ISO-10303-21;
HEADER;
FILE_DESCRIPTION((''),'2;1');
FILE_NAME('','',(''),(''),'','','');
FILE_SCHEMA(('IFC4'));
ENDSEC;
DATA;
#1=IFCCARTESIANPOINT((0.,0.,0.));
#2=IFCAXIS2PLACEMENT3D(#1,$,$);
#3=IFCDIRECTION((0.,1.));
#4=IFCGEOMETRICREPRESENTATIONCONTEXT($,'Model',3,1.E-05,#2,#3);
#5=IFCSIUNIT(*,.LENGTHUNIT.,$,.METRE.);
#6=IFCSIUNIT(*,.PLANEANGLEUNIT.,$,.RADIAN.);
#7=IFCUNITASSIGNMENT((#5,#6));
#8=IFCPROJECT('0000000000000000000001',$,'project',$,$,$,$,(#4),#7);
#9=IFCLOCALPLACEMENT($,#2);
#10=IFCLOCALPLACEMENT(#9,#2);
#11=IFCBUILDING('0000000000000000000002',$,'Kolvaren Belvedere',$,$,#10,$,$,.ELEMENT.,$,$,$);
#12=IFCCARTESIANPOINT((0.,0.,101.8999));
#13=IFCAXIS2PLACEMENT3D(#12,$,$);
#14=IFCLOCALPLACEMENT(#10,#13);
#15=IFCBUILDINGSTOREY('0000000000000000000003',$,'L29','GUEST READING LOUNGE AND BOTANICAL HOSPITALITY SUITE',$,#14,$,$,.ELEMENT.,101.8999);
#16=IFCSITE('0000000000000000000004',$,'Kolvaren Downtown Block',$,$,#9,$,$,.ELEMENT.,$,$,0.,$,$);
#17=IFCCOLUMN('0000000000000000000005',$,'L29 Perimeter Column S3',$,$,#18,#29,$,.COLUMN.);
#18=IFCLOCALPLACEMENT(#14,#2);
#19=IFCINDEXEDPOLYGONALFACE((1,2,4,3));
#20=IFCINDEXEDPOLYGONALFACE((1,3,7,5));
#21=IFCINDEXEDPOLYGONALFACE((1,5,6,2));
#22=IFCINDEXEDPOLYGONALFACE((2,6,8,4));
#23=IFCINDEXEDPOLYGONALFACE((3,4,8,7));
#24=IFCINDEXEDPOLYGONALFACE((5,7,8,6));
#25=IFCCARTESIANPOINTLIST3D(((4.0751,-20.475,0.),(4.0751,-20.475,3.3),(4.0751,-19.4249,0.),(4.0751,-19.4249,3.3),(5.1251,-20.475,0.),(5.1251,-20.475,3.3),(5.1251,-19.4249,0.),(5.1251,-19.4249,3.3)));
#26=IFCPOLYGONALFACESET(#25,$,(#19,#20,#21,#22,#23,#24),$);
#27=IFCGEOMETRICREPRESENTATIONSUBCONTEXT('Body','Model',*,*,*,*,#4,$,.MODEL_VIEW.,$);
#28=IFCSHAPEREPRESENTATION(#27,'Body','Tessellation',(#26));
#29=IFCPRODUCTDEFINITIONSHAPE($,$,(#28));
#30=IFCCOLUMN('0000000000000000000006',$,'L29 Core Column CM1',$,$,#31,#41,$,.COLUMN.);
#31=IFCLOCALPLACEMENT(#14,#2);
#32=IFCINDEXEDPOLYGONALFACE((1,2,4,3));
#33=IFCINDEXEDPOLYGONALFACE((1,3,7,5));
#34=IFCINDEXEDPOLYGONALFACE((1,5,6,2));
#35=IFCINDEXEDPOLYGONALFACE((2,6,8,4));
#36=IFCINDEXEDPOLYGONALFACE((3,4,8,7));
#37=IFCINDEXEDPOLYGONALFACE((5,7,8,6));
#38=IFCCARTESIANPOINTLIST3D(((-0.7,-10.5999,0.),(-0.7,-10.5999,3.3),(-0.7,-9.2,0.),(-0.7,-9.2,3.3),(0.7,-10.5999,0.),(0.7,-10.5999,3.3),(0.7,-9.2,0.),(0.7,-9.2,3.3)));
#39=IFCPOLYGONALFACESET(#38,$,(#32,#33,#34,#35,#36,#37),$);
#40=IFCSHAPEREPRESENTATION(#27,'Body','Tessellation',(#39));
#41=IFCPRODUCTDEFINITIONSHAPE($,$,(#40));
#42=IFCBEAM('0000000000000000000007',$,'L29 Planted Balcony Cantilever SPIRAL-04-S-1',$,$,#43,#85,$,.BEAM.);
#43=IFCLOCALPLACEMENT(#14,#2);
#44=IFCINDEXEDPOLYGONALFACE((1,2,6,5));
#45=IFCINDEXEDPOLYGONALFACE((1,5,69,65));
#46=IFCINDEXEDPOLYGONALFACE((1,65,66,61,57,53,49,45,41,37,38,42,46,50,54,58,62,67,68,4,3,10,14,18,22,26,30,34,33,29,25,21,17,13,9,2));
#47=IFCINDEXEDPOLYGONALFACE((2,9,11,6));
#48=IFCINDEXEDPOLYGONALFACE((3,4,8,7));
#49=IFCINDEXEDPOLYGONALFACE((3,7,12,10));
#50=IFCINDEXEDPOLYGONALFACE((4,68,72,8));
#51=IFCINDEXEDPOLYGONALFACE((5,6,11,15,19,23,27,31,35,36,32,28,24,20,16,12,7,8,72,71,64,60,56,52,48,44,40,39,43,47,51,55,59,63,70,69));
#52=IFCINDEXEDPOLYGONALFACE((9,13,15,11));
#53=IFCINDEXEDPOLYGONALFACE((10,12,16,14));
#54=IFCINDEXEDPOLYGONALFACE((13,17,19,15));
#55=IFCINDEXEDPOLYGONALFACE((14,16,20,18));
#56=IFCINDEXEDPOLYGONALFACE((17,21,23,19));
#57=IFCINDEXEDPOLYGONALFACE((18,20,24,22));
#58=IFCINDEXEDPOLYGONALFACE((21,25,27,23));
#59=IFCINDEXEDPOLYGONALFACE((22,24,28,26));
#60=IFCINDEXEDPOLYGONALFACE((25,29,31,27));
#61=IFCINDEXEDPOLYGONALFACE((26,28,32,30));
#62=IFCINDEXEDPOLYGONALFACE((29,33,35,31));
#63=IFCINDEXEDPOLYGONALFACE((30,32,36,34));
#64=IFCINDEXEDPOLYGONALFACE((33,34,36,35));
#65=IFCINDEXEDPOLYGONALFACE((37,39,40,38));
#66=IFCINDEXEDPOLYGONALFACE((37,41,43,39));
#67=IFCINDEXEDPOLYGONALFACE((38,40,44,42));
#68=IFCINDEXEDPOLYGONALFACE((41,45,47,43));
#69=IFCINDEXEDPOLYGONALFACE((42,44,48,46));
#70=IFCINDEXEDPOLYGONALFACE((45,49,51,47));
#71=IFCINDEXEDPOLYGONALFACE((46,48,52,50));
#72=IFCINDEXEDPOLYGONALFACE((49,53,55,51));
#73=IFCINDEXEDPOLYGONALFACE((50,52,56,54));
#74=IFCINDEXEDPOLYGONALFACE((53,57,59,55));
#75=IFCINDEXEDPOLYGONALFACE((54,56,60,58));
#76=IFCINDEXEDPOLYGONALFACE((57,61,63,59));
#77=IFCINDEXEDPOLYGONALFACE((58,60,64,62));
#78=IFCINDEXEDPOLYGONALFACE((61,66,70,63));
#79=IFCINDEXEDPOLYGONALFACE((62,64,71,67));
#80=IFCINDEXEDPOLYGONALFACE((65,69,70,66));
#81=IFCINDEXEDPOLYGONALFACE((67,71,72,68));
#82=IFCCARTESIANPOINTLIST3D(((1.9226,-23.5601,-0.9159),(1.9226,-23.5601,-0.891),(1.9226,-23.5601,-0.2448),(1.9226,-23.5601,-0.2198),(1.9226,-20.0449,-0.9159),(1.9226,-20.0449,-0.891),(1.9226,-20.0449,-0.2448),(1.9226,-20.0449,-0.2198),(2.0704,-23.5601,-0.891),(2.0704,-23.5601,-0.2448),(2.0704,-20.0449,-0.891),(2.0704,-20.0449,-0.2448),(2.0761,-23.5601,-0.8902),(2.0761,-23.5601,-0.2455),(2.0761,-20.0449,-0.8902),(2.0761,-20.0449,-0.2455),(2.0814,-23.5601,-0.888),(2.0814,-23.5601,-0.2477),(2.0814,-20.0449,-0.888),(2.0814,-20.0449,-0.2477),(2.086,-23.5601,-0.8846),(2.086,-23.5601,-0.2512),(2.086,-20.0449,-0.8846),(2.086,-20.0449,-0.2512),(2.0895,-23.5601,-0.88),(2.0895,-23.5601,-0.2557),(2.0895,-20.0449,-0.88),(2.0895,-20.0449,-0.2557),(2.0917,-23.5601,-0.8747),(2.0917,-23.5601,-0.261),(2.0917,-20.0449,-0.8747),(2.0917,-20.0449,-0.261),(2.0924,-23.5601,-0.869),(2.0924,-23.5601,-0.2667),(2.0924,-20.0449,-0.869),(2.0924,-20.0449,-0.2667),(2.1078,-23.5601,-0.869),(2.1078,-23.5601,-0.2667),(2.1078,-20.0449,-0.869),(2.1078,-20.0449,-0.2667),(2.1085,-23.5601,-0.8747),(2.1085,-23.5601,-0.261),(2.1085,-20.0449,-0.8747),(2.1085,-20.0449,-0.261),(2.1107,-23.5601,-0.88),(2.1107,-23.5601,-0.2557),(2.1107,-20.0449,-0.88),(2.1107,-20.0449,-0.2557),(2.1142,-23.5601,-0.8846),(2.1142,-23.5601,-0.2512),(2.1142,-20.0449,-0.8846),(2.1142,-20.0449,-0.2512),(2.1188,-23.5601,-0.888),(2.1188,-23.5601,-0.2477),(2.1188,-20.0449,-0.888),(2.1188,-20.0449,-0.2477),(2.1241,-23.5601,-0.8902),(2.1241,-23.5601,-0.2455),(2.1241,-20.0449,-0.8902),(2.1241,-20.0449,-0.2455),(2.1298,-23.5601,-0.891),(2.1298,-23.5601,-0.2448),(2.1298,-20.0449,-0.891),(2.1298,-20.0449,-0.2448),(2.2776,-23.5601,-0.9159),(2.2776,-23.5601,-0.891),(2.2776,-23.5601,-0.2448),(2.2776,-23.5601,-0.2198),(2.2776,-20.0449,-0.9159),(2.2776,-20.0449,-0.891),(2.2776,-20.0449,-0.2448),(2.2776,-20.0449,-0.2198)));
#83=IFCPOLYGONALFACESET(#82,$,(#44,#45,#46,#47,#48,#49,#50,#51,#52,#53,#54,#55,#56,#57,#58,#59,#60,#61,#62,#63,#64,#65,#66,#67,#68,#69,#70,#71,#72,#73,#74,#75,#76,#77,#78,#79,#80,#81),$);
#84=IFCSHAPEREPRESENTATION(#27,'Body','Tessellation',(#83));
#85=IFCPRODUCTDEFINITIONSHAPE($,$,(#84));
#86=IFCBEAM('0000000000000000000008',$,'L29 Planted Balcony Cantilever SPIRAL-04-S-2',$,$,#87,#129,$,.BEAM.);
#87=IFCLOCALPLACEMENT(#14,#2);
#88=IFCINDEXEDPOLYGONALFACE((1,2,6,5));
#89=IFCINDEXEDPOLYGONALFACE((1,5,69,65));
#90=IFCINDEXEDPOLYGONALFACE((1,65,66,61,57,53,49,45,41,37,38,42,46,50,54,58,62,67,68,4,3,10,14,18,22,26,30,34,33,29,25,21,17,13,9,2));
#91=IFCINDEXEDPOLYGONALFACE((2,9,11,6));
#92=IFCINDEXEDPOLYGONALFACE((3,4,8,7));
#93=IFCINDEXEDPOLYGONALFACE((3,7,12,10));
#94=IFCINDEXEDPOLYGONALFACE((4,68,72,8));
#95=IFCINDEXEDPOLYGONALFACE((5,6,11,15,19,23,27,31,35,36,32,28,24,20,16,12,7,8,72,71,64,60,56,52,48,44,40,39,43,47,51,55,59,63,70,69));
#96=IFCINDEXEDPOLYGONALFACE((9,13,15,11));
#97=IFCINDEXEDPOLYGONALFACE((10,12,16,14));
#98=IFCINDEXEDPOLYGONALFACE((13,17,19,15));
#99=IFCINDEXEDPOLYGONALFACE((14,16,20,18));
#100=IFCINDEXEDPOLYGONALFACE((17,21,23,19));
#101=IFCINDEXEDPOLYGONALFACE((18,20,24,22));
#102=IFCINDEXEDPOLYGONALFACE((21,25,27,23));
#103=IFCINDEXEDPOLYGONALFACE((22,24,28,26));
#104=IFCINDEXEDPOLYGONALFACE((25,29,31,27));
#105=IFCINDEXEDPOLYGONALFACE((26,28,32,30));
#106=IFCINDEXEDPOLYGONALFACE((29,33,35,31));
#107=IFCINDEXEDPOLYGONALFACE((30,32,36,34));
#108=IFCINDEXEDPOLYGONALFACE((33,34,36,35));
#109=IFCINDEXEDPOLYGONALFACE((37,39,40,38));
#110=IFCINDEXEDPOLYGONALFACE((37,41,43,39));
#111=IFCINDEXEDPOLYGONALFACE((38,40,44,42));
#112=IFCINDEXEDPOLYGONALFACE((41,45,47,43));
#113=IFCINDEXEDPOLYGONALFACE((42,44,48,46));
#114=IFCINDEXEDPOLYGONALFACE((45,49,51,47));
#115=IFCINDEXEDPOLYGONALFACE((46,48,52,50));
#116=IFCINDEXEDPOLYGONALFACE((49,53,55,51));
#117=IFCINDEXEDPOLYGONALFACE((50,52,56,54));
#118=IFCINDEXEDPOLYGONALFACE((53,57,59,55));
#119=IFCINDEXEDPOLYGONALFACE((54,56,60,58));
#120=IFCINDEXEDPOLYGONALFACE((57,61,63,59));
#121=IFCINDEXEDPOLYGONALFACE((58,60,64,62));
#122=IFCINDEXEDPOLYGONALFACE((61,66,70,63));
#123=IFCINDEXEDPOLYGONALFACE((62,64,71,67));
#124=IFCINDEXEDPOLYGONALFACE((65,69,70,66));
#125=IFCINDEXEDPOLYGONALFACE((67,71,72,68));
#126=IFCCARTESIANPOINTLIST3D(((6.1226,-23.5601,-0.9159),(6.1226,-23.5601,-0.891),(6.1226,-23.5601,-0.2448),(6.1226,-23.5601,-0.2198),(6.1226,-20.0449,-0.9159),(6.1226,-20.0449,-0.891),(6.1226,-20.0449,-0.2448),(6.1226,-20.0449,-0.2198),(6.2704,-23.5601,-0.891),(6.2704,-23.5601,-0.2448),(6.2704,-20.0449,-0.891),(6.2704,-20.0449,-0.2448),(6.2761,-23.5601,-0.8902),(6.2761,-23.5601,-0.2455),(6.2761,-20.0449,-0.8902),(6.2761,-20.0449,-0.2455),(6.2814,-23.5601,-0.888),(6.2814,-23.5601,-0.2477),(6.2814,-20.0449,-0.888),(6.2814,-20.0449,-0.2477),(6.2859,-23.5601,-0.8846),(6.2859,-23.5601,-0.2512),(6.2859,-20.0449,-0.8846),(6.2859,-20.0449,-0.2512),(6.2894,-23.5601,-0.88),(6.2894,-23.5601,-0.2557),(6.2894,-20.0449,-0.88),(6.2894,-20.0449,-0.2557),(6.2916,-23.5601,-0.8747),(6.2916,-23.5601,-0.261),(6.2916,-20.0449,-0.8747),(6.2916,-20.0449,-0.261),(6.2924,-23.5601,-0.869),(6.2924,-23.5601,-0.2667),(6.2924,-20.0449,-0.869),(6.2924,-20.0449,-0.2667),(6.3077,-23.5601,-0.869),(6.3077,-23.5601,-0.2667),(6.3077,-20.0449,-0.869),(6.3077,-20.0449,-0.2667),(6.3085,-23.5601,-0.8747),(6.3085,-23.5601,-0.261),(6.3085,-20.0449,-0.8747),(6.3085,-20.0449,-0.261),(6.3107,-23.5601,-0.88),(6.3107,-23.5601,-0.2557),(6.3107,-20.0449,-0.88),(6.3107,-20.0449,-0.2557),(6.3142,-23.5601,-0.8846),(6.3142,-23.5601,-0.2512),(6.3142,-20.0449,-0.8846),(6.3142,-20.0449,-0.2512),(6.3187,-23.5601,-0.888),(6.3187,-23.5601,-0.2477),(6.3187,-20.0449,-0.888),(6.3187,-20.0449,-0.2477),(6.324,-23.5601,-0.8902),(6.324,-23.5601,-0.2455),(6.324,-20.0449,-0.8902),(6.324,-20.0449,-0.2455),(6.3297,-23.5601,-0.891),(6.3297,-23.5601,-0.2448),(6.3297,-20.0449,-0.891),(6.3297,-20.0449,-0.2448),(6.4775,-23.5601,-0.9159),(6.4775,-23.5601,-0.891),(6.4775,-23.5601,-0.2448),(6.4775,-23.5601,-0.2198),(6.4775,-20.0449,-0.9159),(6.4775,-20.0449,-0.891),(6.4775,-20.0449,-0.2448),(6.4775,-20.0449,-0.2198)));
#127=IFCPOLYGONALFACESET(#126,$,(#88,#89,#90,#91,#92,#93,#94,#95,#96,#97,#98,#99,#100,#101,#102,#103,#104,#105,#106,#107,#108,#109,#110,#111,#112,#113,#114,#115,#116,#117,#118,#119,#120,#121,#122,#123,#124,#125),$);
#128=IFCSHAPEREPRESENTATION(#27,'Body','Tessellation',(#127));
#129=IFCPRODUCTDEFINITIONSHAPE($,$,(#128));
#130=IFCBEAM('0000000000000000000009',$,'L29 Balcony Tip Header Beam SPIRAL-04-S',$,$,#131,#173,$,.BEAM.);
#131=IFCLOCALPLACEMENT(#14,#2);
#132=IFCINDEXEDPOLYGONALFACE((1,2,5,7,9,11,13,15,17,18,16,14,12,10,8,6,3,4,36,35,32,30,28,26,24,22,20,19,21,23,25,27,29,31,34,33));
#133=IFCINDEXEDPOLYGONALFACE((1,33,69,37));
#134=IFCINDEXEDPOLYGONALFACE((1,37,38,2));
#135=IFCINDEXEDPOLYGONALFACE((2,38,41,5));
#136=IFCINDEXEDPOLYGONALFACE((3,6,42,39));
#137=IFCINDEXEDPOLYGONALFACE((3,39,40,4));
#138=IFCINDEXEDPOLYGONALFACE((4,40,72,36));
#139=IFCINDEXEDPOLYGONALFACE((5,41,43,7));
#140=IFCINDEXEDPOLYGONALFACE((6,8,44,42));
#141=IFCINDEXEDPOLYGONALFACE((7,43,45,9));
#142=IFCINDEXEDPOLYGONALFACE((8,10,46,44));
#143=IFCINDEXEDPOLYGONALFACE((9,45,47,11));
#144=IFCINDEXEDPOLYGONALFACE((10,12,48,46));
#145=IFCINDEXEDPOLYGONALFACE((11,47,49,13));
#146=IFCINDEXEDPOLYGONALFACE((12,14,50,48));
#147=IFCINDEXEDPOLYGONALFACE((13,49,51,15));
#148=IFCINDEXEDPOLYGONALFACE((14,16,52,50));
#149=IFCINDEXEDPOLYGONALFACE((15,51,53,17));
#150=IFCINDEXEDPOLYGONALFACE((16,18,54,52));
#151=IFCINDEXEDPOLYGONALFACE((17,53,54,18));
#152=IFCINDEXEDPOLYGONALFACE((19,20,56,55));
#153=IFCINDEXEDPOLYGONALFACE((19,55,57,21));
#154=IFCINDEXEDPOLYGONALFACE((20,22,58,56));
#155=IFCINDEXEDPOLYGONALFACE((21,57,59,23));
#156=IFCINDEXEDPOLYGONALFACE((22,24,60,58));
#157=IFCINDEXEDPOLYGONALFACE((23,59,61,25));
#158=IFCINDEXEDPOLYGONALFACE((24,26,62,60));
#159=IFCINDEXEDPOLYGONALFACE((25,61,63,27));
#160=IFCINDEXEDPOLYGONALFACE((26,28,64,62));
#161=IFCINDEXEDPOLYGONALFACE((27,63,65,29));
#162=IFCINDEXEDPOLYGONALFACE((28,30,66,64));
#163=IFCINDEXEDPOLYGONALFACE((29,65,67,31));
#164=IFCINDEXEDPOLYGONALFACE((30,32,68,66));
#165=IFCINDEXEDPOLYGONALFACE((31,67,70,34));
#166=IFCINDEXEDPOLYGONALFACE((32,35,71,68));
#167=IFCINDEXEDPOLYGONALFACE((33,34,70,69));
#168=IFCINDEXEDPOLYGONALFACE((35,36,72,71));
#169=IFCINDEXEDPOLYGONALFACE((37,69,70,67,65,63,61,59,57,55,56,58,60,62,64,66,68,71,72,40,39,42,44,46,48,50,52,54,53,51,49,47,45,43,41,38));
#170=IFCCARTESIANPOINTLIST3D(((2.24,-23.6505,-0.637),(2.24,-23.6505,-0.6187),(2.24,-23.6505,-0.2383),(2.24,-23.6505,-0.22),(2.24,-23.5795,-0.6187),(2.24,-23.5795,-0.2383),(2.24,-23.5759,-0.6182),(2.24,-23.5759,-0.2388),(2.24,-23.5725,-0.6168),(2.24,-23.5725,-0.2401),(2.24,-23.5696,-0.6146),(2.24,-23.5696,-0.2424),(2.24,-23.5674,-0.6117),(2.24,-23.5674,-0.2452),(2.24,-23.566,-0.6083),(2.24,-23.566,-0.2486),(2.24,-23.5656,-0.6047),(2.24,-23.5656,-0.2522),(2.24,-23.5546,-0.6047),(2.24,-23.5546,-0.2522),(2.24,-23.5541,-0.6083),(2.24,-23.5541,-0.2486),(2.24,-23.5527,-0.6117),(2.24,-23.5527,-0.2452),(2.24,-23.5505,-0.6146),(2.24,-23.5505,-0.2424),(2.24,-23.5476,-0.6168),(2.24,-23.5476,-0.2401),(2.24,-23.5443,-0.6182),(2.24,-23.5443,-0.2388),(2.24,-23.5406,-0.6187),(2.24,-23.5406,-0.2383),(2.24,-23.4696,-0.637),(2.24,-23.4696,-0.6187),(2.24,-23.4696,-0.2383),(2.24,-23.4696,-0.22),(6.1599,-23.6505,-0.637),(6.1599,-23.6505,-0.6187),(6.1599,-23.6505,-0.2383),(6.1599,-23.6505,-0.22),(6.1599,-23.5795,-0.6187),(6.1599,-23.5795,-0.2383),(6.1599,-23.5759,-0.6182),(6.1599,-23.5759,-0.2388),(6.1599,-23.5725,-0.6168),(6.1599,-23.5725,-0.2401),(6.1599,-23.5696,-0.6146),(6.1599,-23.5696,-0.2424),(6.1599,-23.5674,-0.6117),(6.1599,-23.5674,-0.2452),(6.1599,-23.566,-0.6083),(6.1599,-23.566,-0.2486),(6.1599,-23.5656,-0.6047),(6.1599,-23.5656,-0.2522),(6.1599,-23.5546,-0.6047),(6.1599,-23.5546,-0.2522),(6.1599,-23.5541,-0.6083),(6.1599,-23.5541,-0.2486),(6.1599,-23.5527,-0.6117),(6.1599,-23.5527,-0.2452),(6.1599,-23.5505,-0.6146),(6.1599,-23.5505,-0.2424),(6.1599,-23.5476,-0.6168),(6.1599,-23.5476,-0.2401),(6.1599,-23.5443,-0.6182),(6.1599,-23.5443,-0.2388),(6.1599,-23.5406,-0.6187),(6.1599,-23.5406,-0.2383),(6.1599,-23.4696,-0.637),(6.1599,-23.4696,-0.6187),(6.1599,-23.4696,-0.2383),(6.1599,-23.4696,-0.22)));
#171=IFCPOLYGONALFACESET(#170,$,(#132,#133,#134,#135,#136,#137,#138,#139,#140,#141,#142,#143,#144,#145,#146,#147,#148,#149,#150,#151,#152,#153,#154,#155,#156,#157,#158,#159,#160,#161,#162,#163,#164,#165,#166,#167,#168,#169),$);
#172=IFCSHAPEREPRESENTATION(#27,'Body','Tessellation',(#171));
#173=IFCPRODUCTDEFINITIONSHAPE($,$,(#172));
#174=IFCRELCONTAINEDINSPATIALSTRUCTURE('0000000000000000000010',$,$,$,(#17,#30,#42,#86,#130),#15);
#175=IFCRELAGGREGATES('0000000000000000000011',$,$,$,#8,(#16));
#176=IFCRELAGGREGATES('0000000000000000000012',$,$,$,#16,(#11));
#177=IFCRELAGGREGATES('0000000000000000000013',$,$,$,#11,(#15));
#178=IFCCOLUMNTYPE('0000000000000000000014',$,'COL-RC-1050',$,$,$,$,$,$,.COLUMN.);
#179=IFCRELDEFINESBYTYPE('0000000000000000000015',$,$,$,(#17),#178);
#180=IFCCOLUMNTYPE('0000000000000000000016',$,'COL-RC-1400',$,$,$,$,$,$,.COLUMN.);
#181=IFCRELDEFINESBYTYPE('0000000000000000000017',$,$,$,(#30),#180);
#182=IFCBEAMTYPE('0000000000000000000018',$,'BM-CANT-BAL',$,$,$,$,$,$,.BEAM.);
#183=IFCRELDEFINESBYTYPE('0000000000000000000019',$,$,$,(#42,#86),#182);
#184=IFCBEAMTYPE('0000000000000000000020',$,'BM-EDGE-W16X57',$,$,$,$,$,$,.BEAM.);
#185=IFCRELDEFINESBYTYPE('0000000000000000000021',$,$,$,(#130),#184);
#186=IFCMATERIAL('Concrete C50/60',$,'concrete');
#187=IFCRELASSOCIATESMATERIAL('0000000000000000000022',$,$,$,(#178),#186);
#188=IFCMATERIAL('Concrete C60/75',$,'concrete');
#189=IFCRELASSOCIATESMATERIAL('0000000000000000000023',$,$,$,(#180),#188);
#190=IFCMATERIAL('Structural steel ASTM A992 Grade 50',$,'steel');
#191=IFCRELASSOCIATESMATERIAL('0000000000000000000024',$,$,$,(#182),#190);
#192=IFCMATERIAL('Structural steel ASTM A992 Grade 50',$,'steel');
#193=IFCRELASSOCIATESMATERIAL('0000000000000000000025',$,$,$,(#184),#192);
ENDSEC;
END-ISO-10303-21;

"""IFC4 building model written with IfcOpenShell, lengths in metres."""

from ifc_helpers import new_model, si_unit, direction, frame, origin, origin_2d, place, context, subcontext, project, spatial, rectangle, i_section, extrude, material, material_profile, profile_set, type_object, element, save


model = new_model("IFC4")

# Units and contexts
model_context = context("Model", 3, precision=1e-05, world=origin(), true_north=direction((0.0, 1.0)))
body_context = subcontext(model_context, "Body", "Model", "MODEL_VIEW")
ifc_project = project(units=[si_unit("LENGTHUNIT", "METRE"), si_unit("PLANEANGLEUNIT", "RADIAN")], contexts=[model_context])

# Site, building, storey
site_placement = place(None, origin())
site = spatial("IfcSite", under=ifc_project, at=site_placement, Name="Kolvaren Downtown Block", CompositionType="ELEMENT", RefElevation=0.0)
building_placement = place(site_placement, origin())
building = spatial("IfcBuilding", under=site, at=building_placement, Name="Kolvaren Belvedere", CompositionType="ELEMENT")
storey_placement = place(building_placement, frame((0.0, 0.0, 101.8999)))
storey = spatial("IfcBuildingStorey", under=building, at=storey_placement, Name="L29", Description="GUEST READING LOUNGE AND BOTANICAL HOSPITALITY SUITE", CompositionType="ELEMENT", Elevation=101.8999)

# Columns
ifc_material_1 = material(Name="Concrete C50/60", Category="concrete")
ifc_material_profile_1 = material_profile(ifc_material_1, rectangle(XDim=1.05, YDim=1.05, at=origin_2d()), Name="RC 1050X1050")
ifc_profile_set_1 = profile_set([ifc_material_profile_1], Name="Concrete C50/60")
column_type_1 = type_object("IfcColumnType", Name="COL-RC-1050", PredefinedType="COLUMN", material=ifc_profile_set_1)
column_1_placement = place(storey_placement, frame((4.6001, -19.95, 0.0), z_axis=(0.0, 0.0, 1.0), x_axis=(1.0, 0.0, 0.0)))
element("IfcColumn", 1, at=column_1_placement, inside=storey, type_object=column_type_1, Name="L29 Perimeter Column S3", PredefinedType="COLUMN", context=body_context, shape_type="SweptSolid", body=[
    extrude(rectangle(XDim=1.05, YDim=1.05, at=origin_2d()), origin(), (0.0, 0.0, 1.0), 3.3),
])
ifc_material_2 = material(Name="Concrete C60/75", Category="concrete")
ifc_material_profile_2 = material_profile(ifc_material_2, rectangle(XDim=1.3999, YDim=1.3999, at=origin_2d()), Name="RC 1400X1400")
ifc_profile_set_2 = profile_set([ifc_material_profile_2], Name="Concrete C60/75")
column_type_2 = type_object("IfcColumnType", Name="COL-RC-1400", PredefinedType="COLUMN", material=ifc_profile_set_2)
column_2_placement = place(storey_placement, frame((0.0, -9.8999, 0.0), z_axis=(0.0, 0.0, 1.0), x_axis=(1.0, 0.0, 0.0)))
element("IfcColumn", 2, at=column_2_placement, inside=storey, type_object=column_type_2, Name="L29 Core Column CM1", PredefinedType="COLUMN", context=body_context, shape_type="SweptSolid", body=[
    extrude(rectangle(XDim=1.3999, YDim=1.3999, at=origin_2d()), origin(), (0.0, 0.0, 1.0), 3.3),
])

# Beams
ifc_material_3 = material(Name="Structural steel ASTM A992 Grade 50", Category="steel")
ifc_material_profile_3 = material_profile(ifc_material_3, i_section(OverallWidth=0.355, OverallDepth=0.696, WebThickness=0.0154, FlangeThickness=0.0249, FilletRadius=0.022, at=origin_2d()), Name="W27X146")
ifc_profile_set_3 = profile_set([ifc_material_profile_3], Name="Structural steel ASTM A992 Grade 50")
beam_type_1 = type_object("IfcBeamType", Name="BM-CANT-BAL", PredefinedType="BEAM", material=ifc_profile_set_3)
for number, where, z_axis, x_axis, name in (
    (3, (2.1001, -20.0449, -0.5679), (0.0, -1.0, 0.0), (1.0, 0.0, 0.0), "L29 Planted Balcony Cantilever SPIRAL-04-S-1"),
    (4, (6.3, -20.0449, -0.5679), (0.0, -1.0, 0.0), (1.0, 0.0, 0.0), "L29 Planted Balcony Cantilever SPIRAL-04-S-2"),
):
    element("IfcBeam", number, at=place(storey_placement, frame(where, z_axis=z_axis, x_axis=x_axis)), inside=storey, type_object=beam_type_1, Name=name, PredefinedType="BEAM", context=body_context, shape_type="SweptSolid", body=[
        extrude(i_section(OverallWidth=0.355, OverallDepth=0.696, WebThickness=0.0154, FlangeThickness=0.0249, FilletRadius=0.022, at=origin_2d()), origin(), (0.0, 0.0, 1.0), 3.5151),
    ])
ifc_material_4 = material(Name="Structural steel ASTM A992 Grade 50", Category="steel")
ifc_material_profile_4 = material_profile(ifc_material_4, i_section(OverallWidth=0.1809, OverallDepth=0.417, WebThickness=0.011, FlangeThickness=0.0183, FilletRadius=0.0139, at=origin_2d()), Name="W16X57")
ifc_profile_set_4 = profile_set([ifc_material_profile_4], Name="Structural steel ASTM A992 Grade 50")
beam_type_2 = type_object("IfcBeamType", Name="BM-EDGE-W16X57", PredefinedType="BEAM", material=ifc_profile_set_4)
beam_1_placement = place(storey_placement, frame((2.24, -23.5601, -0.4285), z_axis=(1.0, 0.0, 0.0), x_axis=(0.0, 1.0, 0.0)))
element("IfcBeam", 5, at=beam_1_placement, inside=storey, type_object=beam_type_2, Name="L29 Balcony Tip Header Beam SPIRAL-04-S", PredefinedType="BEAM", context=body_context, shape_type="SweptSolid", body=[
    extrude(i_section(OverallWidth=0.1809, OverallDepth=0.417, WebThickness=0.011, FlangeThickness=0.0183, FilletRadius=0.0139, at=origin_2d()), origin(), (0.0, 0.0, 1.0), 3.9199),
])

save(model, "model.ifc")
